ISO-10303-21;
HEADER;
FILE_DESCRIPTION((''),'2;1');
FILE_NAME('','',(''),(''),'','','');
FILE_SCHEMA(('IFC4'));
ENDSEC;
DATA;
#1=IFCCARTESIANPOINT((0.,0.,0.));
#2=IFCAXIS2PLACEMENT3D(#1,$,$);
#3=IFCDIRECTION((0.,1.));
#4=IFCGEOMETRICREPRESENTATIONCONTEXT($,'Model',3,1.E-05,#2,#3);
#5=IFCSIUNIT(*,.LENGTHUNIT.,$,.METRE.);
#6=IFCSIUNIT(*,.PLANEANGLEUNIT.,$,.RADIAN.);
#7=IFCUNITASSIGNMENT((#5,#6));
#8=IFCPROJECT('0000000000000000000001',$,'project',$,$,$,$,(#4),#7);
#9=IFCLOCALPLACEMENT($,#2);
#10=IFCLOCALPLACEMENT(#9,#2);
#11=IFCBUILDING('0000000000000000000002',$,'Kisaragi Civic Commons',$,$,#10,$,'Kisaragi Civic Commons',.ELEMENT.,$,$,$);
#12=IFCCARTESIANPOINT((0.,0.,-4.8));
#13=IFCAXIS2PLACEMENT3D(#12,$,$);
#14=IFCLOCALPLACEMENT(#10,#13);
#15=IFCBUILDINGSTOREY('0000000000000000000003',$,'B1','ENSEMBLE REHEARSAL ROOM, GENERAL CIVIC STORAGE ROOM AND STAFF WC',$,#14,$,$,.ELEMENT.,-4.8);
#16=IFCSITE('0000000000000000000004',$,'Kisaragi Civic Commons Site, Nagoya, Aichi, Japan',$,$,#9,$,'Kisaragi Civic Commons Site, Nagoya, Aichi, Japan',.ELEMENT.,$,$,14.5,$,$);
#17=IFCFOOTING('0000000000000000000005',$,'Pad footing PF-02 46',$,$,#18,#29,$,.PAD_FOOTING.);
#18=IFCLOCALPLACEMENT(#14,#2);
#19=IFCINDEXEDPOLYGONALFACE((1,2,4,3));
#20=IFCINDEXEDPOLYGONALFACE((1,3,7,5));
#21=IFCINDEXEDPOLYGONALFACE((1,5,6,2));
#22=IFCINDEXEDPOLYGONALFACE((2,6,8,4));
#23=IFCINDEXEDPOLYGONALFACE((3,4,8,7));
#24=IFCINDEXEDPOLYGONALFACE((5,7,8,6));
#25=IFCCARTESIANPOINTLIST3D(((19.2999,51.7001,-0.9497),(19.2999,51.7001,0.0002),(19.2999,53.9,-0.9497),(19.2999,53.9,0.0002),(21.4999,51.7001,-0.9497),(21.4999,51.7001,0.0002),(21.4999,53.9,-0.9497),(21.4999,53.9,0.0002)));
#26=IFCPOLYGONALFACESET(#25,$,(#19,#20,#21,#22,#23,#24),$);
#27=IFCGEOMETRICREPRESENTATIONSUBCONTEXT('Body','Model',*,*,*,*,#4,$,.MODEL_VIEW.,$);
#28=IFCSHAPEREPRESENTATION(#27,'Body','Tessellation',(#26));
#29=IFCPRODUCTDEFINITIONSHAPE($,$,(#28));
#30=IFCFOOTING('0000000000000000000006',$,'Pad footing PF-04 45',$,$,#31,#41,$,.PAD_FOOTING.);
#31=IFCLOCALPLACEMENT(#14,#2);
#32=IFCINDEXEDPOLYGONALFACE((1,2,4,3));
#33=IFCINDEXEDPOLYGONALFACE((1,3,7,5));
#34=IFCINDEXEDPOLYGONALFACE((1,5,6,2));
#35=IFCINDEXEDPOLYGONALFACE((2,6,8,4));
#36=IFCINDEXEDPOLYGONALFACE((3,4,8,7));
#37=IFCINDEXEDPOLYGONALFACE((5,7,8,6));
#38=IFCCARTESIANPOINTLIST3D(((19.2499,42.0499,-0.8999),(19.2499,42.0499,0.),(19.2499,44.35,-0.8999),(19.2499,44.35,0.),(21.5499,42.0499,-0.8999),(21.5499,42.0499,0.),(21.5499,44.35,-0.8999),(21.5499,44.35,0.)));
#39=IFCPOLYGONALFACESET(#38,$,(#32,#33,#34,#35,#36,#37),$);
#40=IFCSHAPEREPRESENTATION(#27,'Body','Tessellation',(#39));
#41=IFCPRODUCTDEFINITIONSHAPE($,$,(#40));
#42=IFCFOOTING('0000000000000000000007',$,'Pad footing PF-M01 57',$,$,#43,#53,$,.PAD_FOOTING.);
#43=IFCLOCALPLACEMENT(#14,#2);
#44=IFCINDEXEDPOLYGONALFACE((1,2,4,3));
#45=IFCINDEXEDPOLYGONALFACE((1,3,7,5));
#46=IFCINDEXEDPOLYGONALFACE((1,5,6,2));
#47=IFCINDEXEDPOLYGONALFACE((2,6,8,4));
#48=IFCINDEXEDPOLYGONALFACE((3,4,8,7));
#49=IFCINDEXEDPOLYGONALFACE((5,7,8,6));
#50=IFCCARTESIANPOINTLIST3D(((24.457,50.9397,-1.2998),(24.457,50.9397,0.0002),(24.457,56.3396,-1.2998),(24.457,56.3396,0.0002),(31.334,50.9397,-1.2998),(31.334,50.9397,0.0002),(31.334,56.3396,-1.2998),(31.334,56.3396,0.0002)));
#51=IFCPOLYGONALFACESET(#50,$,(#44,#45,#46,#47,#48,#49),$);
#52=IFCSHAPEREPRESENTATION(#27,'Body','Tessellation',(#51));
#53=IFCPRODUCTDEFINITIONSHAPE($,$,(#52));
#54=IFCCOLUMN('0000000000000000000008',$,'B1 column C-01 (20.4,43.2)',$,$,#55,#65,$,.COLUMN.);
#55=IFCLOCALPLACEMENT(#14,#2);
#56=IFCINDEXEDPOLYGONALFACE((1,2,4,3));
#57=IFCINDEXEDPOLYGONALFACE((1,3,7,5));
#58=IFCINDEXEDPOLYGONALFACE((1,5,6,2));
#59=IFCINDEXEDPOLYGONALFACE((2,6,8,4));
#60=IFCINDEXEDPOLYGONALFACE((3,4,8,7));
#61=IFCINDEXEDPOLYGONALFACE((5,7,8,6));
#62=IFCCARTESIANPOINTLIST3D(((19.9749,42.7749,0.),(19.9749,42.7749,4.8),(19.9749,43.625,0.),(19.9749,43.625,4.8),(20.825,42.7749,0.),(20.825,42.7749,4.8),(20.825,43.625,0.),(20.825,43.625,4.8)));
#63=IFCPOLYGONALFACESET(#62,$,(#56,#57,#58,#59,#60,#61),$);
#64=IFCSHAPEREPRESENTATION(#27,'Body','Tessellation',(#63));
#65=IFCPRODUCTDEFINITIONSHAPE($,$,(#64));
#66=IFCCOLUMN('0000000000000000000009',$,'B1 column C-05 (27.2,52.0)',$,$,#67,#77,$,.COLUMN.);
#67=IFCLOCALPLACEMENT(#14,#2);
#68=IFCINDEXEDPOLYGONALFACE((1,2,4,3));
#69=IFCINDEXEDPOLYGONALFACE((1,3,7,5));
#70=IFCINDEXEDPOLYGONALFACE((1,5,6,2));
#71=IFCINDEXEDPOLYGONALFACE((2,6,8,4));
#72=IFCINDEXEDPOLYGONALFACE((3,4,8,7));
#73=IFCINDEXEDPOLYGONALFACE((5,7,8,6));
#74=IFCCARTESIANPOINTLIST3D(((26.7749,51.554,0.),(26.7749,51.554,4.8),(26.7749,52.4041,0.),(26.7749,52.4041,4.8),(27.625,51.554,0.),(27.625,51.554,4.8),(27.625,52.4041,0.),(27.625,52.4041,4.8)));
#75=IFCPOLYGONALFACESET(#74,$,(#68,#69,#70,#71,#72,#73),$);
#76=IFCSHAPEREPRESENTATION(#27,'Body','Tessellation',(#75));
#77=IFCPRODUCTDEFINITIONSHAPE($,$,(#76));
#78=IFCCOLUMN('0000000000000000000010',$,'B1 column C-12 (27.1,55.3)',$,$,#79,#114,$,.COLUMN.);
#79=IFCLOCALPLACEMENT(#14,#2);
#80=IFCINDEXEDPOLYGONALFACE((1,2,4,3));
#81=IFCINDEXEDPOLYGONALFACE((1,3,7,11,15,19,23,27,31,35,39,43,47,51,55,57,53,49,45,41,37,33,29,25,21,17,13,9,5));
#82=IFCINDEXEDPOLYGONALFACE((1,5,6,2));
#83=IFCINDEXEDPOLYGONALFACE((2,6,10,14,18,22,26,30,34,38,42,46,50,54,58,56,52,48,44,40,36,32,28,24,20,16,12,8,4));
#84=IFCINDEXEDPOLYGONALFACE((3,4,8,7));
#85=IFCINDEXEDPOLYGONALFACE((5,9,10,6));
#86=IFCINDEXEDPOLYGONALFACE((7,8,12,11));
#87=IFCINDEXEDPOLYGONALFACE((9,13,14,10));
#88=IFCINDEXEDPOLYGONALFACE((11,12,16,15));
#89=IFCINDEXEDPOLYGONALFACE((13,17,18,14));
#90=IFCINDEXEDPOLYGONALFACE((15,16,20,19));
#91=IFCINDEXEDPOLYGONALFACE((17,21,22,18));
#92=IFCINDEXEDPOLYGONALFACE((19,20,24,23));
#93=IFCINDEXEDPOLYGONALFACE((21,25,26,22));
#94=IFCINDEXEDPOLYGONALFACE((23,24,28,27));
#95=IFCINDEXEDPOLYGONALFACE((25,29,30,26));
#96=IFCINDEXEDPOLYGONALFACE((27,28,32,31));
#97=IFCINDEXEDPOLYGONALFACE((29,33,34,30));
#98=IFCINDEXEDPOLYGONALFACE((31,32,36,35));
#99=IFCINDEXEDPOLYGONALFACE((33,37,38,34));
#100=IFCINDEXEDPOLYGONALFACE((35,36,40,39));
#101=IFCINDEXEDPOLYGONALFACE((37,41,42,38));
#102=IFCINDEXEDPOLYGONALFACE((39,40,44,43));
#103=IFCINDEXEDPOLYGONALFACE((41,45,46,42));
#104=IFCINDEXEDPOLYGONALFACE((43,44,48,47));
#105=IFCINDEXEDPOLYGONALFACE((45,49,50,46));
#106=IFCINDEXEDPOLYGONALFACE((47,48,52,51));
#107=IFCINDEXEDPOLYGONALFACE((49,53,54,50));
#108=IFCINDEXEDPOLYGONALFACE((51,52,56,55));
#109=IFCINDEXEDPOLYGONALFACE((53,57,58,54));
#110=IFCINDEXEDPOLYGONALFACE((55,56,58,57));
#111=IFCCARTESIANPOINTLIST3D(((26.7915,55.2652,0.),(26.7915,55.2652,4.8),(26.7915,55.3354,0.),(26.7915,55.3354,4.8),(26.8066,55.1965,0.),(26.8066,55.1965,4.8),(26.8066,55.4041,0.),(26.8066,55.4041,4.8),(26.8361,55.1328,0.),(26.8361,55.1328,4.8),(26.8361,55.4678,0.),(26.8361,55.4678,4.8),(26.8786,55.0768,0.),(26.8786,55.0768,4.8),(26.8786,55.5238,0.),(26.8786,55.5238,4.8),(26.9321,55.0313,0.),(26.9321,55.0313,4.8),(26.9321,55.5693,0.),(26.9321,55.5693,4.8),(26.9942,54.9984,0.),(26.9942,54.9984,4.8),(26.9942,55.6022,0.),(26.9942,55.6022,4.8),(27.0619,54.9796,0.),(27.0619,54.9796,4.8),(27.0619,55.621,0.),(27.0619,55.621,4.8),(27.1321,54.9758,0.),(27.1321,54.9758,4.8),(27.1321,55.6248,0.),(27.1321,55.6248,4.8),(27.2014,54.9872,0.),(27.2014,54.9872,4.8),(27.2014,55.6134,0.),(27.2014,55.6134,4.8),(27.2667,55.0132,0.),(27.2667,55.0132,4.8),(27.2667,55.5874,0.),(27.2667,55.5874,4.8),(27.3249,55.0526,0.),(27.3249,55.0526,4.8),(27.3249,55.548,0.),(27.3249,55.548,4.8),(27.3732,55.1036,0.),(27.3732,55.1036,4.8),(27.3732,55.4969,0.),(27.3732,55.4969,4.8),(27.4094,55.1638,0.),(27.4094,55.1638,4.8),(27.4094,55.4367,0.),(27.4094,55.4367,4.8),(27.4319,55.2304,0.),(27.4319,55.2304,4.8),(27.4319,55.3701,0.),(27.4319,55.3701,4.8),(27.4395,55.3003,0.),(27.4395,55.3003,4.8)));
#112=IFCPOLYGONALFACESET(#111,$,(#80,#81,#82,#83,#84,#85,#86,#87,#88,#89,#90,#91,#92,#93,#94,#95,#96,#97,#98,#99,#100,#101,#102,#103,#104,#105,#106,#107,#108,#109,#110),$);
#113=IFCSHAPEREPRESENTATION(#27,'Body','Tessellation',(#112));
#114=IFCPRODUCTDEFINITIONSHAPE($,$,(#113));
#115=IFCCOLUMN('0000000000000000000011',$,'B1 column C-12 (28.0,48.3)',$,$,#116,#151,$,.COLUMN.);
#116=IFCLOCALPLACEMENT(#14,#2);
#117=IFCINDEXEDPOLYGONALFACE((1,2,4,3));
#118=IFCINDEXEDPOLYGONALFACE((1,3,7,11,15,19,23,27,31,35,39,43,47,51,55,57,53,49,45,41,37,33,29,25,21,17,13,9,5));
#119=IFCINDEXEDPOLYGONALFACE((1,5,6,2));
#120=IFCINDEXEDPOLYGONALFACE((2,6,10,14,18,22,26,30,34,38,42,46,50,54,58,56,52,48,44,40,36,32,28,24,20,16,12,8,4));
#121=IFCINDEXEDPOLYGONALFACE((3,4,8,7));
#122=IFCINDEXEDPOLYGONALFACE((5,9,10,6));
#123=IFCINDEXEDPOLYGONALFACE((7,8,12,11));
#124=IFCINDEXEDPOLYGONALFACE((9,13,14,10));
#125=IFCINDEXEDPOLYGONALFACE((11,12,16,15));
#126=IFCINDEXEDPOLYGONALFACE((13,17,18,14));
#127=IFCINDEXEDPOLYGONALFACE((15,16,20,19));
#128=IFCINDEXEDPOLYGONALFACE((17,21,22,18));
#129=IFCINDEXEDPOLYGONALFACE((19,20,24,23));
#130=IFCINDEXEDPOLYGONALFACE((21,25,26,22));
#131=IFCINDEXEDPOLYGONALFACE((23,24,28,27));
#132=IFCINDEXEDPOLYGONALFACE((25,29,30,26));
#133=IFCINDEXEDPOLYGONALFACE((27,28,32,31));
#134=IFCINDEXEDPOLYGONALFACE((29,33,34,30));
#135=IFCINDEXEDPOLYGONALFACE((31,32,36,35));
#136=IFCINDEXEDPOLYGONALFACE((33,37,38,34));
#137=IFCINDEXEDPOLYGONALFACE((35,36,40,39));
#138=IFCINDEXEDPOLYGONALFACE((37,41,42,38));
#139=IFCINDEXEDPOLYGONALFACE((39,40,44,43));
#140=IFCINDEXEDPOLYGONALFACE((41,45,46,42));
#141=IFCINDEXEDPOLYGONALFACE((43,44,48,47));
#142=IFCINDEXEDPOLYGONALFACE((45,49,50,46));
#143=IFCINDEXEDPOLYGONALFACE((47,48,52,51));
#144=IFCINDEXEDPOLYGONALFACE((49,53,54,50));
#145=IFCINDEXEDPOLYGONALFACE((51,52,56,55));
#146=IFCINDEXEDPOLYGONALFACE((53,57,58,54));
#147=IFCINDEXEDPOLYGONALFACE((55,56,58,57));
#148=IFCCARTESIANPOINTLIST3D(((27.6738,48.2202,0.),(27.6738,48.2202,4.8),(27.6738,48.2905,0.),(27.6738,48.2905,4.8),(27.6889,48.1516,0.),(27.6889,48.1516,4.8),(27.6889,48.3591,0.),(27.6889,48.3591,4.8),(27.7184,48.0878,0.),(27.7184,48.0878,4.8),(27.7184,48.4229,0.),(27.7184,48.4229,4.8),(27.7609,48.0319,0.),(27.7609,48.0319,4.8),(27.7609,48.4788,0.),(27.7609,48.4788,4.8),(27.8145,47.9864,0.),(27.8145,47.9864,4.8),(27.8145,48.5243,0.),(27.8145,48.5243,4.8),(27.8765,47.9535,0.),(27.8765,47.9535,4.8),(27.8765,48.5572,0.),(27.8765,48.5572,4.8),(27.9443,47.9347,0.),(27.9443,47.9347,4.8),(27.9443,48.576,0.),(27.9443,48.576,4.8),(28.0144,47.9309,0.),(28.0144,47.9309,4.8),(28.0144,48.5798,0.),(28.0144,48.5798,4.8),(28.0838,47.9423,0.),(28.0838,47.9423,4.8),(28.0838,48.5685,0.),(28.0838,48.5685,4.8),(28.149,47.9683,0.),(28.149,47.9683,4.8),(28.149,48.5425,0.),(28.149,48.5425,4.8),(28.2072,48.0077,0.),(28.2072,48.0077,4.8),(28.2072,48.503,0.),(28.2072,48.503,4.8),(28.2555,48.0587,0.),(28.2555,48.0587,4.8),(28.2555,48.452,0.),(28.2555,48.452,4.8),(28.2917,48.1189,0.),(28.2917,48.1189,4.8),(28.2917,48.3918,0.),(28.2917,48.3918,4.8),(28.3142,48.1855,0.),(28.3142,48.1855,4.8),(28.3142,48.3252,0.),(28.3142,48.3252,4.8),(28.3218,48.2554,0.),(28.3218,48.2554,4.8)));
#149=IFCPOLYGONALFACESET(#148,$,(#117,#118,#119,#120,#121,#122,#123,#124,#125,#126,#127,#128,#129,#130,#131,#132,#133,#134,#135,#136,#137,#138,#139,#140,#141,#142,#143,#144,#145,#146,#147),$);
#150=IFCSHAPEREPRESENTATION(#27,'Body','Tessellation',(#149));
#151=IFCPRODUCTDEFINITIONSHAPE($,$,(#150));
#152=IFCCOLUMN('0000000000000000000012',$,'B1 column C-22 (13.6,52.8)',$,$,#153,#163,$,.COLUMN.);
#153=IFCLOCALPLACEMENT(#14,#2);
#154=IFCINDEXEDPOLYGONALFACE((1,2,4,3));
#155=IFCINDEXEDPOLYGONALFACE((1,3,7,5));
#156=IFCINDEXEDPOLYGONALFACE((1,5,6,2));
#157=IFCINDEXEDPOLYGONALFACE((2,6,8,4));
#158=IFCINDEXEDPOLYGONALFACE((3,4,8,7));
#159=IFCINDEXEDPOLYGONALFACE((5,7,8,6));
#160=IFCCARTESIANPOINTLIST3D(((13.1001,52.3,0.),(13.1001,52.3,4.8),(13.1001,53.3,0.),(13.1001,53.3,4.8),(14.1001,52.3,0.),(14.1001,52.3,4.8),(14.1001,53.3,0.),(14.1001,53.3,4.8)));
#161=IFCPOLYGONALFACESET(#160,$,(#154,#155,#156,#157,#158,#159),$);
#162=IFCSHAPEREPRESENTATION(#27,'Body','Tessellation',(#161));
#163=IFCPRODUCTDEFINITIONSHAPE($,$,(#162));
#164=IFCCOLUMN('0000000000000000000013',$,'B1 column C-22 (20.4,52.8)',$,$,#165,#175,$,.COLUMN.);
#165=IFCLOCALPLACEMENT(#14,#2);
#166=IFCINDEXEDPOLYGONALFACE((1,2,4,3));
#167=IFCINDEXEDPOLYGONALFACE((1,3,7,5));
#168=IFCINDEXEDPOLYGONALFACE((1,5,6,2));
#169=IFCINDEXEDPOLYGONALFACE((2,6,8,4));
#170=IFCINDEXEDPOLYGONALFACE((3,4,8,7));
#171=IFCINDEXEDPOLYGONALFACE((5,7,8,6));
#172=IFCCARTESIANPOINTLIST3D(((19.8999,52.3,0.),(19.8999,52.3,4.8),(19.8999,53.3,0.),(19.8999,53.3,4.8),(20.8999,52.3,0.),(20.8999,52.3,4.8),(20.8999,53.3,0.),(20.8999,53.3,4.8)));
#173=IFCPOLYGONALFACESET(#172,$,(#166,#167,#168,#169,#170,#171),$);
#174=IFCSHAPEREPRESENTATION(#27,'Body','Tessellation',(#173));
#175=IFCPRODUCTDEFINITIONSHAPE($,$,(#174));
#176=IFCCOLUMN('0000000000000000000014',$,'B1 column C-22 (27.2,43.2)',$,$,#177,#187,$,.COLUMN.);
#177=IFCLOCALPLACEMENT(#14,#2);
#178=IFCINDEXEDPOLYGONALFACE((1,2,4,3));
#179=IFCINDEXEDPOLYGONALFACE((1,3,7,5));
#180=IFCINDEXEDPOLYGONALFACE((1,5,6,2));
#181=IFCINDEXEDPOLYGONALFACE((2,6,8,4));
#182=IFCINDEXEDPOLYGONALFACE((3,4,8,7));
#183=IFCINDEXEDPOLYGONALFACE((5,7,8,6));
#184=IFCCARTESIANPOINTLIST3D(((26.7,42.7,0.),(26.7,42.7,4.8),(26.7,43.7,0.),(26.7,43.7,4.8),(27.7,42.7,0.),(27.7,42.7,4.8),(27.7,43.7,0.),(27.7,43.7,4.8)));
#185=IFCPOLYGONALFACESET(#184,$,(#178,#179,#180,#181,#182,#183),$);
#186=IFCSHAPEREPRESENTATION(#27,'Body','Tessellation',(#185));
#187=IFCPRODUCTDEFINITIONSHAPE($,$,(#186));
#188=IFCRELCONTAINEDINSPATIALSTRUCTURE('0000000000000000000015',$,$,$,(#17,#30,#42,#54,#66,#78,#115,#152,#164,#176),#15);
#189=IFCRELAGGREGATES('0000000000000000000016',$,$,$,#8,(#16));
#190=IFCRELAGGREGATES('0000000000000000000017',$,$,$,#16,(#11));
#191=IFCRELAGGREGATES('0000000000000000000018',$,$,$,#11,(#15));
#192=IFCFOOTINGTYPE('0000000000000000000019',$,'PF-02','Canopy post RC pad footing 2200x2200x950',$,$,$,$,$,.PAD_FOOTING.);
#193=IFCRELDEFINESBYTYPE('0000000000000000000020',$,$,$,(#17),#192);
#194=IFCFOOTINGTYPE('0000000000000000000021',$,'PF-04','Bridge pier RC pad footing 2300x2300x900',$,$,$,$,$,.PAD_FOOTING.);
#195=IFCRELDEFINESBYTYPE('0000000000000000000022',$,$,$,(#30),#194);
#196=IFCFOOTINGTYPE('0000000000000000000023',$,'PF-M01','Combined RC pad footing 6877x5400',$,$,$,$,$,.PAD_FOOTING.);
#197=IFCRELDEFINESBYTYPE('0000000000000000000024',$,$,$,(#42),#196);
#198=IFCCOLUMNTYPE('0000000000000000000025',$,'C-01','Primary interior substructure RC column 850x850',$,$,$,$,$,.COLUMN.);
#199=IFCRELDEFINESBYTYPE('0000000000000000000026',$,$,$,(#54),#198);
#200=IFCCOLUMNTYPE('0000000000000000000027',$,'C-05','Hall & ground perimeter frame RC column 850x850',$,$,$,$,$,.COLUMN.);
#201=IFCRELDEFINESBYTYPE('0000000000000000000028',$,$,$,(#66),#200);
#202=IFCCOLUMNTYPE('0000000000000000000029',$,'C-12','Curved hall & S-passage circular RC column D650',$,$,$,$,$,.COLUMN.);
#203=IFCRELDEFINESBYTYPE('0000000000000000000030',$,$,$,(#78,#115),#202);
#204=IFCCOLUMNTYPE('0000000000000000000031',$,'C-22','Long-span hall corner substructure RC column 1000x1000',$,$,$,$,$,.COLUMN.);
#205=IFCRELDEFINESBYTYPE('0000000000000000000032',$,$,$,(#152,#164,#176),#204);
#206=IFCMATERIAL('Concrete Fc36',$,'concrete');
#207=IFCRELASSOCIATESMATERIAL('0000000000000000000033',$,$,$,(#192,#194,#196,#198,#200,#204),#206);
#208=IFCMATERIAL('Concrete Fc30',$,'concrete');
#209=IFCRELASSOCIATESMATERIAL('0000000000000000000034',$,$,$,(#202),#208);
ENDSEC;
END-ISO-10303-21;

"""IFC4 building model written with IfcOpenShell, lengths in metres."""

from ifc_helpers import new_model, si_unit, direction, frame, origin, origin_2d, place, context, subcontext, project, spatial, rectangle, circle, extrude, material, material_profile, profile_set, type_object, element, save


model = new_model("IFC4")

# Units and contexts
model_context = context("Model", 3, precision=1e-05, world=origin(), true_north=direction((0.0, 1.0)))
body_context = subcontext(model_context, "Body", "Model", "MODEL_VIEW")
ifc_project = project(units=[si_unit("LENGTHUNIT", "METRE"), si_unit("PLANEANGLEUNIT", "RADIAN")], contexts=[model_context])

# Site, building, storey
site_placement = place(None, origin())
site = spatial("IfcSite", under=ifc_project, at=site_placement, Name="Kisaragi Civic Commons Site, Nagoya, Aichi, Japan", LongName="Kisaragi Civic Commons Site, Nagoya, Aichi, Japan", CompositionType="ELEMENT", RefElevation=14.5)
building_placement = place(site_placement, origin())
building = spatial("IfcBuilding", under=site, at=building_placement, Name="Kisaragi Civic Commons", LongName="Kisaragi Civic Commons", CompositionType="ELEMENT")
storey_placement = place(building_placement, frame((0.0, 0.0, -4.8)))
storey = spatial("IfcBuildingStorey", under=building, at=storey_placement, Name="B1", Description="ENSEMBLE REHEARSAL ROOM, GENERAL CIVIC STORAGE ROOM AND STAFF WC", CompositionType="ELEMENT", Elevation=-4.8)

# Footings
ifc_material_1 = material(Name="Concrete Fc36", Category="concrete")
footing_type_1 = type_object("IfcFootingType", Name="PF-02", Description="Canopy post RC pad footing 2200x2200x950", PredefinedType="PAD_FOOTING", material=ifc_material_1)
for number, where, z_axis, x_axis, name in (
    (1, (20.3999, 52.8, -0.9497), (0.0, 0.0, 1.0), (1.0, 0.0, 0.0), "Pad footing PF-02 46"),
):
    element("IfcFooting", number, at=place(storey_placement, frame(where, z_axis=z_axis, x_axis=x_axis)), inside=storey, type_object=footing_type_1, Name=name, PredefinedType="PAD_FOOTING", context=body_context, shape_type="SweptSolid", body=[
        extrude(rectangle(XDim=2.2, YDim=2.2, at=origin_2d()), origin(), (0.0, 0.0, 1.0), 0.95),
    ])
footing_type_2 = type_object("IfcFootingType", Name="PF-04", Description="Bridge pier RC pad footing 2300x2300x900", PredefinedType="PAD_FOOTING", material=ifc_material_1)
footing_1_placement = place(storey_placement, frame((20.3999, 43.2, -0.8999), z_axis=(0.0, 0.0, 1.0), x_axis=(1.0, 0.0, 0.0)))
element("IfcFooting", 2, at=footing_1_placement, inside=storey, type_object=footing_type_2, Name="Pad footing PF-04 45", PredefinedType="PAD_FOOTING", context=body_context, shape_type="SweptSolid", body=[
    extrude(rectangle(XDim=2.3, YDim=2.3, at=origin_2d()), origin(), (0.0, 0.0, 1.0), 0.8999),
])
footing_type_3 = type_object("IfcFootingType", Name="PF-M01", Description="Combined RC pad footing 6877x5400", PredefinedType="PAD_FOOTING", material=ifc_material_1)
footing_2_placement = place(storey_placement, frame((27.8955, 53.6396, -1.2998), z_axis=(0.0, 0.0, 1.0), x_axis=(1.0, 0.0, 0.0)))
element("IfcFooting", 3, at=footing_2_placement, inside=storey, type_object=footing_type_3, Name="Pad footing PF-M01 57", PredefinedType="PAD_FOOTING", context=body_context, shape_type="SweptSolid", body=[
    extrude(rectangle(XDim=6.877, YDim=5.3999, at=origin_2d()), origin(), (0.0, 0.0, 1.0), 1.3),
])

# Columns
ifc_material_profile_1 = material_profile(ifc_material_1, rectangle(XDim=0.8501, YDim=0.8501, at=origin_2d()), Name="RC-850x850", Category="concrete")
ifc_profile_set_1 = profile_set([ifc_material_profile_1], Name="Concrete Fc36")
column_type_1 = type_object("IfcColumnType", Name="C-01", Description="Primary interior substructure RC column 850x850", PredefinedType="COLUMN", material=ifc_profile_set_1)
column_1_placement = place(storey_placement, frame((20.3999, 43.2, 0.0), z_axis=(0.0, 0.0, 1.0), x_axis=(1.0, 0.0, 0.0)))
element("IfcColumn", 4, at=column_1_placement, inside=storey, type_object=column_type_1, Name="B1 column C-01 (20.4,43.2)", PredefinedType="COLUMN", context=body_context, shape_type="SweptSolid", body=[
    extrude(rectangle(XDim=0.8501, YDim=0.8501, at=origin_2d()), origin(), (0.0, 0.0, 1.0), 4.8),
])
ifc_material_profile_2 = material_profile(ifc_material_1, rectangle(XDim=0.8501, YDim=0.8501, at=origin_2d()), Name="RC-850x850", Category="concrete")
ifc_profile_set_2 = profile_set([ifc_material_profile_2], Name="Concrete Fc36")
column_type_2 = type_object("IfcColumnType", Name="C-05", Description="Hall & ground perimeter frame RC column 850x850", PredefinedType="COLUMN", material=ifc_profile_set_2)
column_2_placement = place(storey_placement, frame((27.2, 51.979, 0.0), z_axis=(0.0, 0.0, 1.0), x_axis=(1.0, 0.0, 0.0)))
element("IfcColumn", 5, at=column_2_placement, inside=storey, type_object=column_type_2, Name="B1 column C-05 (27.2,52.0)", PredefinedType="COLUMN", context=body_context, shape_type="SweptSolid", body=[
    extrude(rectangle(XDim=0.8501, YDim=0.8501, at=origin_2d()), origin(), (0.0, 0.0, 1.0), 4.8),
])
ifc_material_2 = material(Name="Concrete Fc30", Category="concrete")
ifc_material_profile_3 = material_profile(ifc_material_2, circle(Radius=0.325, at=origin_2d()), Name="RC-D650", Category="concrete")
ifc_profile_set_3 = profile_set([ifc_material_profile_3], Name="Concrete Fc30")
column_type_3 = type_object("IfcColumnType", Name="C-12", Description="Curved hall & S-passage circular RC column D650", PredefinedType="COLUMN", material=ifc_profile_set_3)
for number, where, z_axis, x_axis, name in (
    (6, (27.1145, 55.3003, 0.0), (0.0, 0.0, 1.0), (1.0, 0.0, 0.0), "B1 column C-12 (27.1,55.3)"),
    (7, (27.9968, 48.2554, 0.0), (0.0, 0.0, 1.0), (1.0, 0.0, 0.0), "B1 column C-12 (28.0,48.3)"),
):
    element("IfcColumn", number, at=place(storey_placement, frame(where, z_axis=z_axis, x_axis=x_axis)), inside=storey, type_object=column_type_3, Name=name, PredefinedType="COLUMN", context=body_context, shape_type="SweptSolid", body=[
        extrude(circle(Radius=0.325, at=origin_2d()), origin(), (0.0, 0.0, 1.0), 4.8),
    ])
ifc_material_profile_4 = material_profile(ifc_material_1, rectangle(XDim=1.0, YDim=1.0, at=origin_2d()), Name="RC-1000x1000", Category="concrete")
ifc_profile_set_4 = profile_set([ifc_material_profile_4], Name="Concrete Fc36")
column_type_4 = type_object("IfcColumnType", Name="C-22", Description="Long-span hall corner substructure RC column 1000x1000", PredefinedType="COLUMN", material=ifc_profile_set_4)
for number, where, z_axis, x_axis, name in (
    (8, (13.6001, 52.8, 0.0), (0.0, 0.0, 1.0), (1.0, 0.0, 0.0), "B1 column C-22 (13.6,52.8)"),
    (9, (20.3999, 52.8, 0.0), (0.0, 0.0, 1.0), (1.0, 0.0, 0.0), "B1 column C-22 (20.4,52.8)"),
    (10, (27.2, 43.2, 0.0), (0.0, 0.0, 1.0), (1.0, 0.0, 0.0), "B1 column C-22 (27.2,43.2)"),
):
    element("IfcColumn", number, at=place(storey_placement, frame(where, z_axis=z_axis, x_axis=x_axis)), inside=storey, type_object=column_type_4, Name=name, PredefinedType="COLUMN", context=body_context, shape_type="SweptSolid", body=[
        extrude(rectangle(XDim=1.0, YDim=1.0, at=origin_2d()), origin(), (0.0, 0.0, 1.0), 4.8),
    ])

save(model, "model.ifc")
